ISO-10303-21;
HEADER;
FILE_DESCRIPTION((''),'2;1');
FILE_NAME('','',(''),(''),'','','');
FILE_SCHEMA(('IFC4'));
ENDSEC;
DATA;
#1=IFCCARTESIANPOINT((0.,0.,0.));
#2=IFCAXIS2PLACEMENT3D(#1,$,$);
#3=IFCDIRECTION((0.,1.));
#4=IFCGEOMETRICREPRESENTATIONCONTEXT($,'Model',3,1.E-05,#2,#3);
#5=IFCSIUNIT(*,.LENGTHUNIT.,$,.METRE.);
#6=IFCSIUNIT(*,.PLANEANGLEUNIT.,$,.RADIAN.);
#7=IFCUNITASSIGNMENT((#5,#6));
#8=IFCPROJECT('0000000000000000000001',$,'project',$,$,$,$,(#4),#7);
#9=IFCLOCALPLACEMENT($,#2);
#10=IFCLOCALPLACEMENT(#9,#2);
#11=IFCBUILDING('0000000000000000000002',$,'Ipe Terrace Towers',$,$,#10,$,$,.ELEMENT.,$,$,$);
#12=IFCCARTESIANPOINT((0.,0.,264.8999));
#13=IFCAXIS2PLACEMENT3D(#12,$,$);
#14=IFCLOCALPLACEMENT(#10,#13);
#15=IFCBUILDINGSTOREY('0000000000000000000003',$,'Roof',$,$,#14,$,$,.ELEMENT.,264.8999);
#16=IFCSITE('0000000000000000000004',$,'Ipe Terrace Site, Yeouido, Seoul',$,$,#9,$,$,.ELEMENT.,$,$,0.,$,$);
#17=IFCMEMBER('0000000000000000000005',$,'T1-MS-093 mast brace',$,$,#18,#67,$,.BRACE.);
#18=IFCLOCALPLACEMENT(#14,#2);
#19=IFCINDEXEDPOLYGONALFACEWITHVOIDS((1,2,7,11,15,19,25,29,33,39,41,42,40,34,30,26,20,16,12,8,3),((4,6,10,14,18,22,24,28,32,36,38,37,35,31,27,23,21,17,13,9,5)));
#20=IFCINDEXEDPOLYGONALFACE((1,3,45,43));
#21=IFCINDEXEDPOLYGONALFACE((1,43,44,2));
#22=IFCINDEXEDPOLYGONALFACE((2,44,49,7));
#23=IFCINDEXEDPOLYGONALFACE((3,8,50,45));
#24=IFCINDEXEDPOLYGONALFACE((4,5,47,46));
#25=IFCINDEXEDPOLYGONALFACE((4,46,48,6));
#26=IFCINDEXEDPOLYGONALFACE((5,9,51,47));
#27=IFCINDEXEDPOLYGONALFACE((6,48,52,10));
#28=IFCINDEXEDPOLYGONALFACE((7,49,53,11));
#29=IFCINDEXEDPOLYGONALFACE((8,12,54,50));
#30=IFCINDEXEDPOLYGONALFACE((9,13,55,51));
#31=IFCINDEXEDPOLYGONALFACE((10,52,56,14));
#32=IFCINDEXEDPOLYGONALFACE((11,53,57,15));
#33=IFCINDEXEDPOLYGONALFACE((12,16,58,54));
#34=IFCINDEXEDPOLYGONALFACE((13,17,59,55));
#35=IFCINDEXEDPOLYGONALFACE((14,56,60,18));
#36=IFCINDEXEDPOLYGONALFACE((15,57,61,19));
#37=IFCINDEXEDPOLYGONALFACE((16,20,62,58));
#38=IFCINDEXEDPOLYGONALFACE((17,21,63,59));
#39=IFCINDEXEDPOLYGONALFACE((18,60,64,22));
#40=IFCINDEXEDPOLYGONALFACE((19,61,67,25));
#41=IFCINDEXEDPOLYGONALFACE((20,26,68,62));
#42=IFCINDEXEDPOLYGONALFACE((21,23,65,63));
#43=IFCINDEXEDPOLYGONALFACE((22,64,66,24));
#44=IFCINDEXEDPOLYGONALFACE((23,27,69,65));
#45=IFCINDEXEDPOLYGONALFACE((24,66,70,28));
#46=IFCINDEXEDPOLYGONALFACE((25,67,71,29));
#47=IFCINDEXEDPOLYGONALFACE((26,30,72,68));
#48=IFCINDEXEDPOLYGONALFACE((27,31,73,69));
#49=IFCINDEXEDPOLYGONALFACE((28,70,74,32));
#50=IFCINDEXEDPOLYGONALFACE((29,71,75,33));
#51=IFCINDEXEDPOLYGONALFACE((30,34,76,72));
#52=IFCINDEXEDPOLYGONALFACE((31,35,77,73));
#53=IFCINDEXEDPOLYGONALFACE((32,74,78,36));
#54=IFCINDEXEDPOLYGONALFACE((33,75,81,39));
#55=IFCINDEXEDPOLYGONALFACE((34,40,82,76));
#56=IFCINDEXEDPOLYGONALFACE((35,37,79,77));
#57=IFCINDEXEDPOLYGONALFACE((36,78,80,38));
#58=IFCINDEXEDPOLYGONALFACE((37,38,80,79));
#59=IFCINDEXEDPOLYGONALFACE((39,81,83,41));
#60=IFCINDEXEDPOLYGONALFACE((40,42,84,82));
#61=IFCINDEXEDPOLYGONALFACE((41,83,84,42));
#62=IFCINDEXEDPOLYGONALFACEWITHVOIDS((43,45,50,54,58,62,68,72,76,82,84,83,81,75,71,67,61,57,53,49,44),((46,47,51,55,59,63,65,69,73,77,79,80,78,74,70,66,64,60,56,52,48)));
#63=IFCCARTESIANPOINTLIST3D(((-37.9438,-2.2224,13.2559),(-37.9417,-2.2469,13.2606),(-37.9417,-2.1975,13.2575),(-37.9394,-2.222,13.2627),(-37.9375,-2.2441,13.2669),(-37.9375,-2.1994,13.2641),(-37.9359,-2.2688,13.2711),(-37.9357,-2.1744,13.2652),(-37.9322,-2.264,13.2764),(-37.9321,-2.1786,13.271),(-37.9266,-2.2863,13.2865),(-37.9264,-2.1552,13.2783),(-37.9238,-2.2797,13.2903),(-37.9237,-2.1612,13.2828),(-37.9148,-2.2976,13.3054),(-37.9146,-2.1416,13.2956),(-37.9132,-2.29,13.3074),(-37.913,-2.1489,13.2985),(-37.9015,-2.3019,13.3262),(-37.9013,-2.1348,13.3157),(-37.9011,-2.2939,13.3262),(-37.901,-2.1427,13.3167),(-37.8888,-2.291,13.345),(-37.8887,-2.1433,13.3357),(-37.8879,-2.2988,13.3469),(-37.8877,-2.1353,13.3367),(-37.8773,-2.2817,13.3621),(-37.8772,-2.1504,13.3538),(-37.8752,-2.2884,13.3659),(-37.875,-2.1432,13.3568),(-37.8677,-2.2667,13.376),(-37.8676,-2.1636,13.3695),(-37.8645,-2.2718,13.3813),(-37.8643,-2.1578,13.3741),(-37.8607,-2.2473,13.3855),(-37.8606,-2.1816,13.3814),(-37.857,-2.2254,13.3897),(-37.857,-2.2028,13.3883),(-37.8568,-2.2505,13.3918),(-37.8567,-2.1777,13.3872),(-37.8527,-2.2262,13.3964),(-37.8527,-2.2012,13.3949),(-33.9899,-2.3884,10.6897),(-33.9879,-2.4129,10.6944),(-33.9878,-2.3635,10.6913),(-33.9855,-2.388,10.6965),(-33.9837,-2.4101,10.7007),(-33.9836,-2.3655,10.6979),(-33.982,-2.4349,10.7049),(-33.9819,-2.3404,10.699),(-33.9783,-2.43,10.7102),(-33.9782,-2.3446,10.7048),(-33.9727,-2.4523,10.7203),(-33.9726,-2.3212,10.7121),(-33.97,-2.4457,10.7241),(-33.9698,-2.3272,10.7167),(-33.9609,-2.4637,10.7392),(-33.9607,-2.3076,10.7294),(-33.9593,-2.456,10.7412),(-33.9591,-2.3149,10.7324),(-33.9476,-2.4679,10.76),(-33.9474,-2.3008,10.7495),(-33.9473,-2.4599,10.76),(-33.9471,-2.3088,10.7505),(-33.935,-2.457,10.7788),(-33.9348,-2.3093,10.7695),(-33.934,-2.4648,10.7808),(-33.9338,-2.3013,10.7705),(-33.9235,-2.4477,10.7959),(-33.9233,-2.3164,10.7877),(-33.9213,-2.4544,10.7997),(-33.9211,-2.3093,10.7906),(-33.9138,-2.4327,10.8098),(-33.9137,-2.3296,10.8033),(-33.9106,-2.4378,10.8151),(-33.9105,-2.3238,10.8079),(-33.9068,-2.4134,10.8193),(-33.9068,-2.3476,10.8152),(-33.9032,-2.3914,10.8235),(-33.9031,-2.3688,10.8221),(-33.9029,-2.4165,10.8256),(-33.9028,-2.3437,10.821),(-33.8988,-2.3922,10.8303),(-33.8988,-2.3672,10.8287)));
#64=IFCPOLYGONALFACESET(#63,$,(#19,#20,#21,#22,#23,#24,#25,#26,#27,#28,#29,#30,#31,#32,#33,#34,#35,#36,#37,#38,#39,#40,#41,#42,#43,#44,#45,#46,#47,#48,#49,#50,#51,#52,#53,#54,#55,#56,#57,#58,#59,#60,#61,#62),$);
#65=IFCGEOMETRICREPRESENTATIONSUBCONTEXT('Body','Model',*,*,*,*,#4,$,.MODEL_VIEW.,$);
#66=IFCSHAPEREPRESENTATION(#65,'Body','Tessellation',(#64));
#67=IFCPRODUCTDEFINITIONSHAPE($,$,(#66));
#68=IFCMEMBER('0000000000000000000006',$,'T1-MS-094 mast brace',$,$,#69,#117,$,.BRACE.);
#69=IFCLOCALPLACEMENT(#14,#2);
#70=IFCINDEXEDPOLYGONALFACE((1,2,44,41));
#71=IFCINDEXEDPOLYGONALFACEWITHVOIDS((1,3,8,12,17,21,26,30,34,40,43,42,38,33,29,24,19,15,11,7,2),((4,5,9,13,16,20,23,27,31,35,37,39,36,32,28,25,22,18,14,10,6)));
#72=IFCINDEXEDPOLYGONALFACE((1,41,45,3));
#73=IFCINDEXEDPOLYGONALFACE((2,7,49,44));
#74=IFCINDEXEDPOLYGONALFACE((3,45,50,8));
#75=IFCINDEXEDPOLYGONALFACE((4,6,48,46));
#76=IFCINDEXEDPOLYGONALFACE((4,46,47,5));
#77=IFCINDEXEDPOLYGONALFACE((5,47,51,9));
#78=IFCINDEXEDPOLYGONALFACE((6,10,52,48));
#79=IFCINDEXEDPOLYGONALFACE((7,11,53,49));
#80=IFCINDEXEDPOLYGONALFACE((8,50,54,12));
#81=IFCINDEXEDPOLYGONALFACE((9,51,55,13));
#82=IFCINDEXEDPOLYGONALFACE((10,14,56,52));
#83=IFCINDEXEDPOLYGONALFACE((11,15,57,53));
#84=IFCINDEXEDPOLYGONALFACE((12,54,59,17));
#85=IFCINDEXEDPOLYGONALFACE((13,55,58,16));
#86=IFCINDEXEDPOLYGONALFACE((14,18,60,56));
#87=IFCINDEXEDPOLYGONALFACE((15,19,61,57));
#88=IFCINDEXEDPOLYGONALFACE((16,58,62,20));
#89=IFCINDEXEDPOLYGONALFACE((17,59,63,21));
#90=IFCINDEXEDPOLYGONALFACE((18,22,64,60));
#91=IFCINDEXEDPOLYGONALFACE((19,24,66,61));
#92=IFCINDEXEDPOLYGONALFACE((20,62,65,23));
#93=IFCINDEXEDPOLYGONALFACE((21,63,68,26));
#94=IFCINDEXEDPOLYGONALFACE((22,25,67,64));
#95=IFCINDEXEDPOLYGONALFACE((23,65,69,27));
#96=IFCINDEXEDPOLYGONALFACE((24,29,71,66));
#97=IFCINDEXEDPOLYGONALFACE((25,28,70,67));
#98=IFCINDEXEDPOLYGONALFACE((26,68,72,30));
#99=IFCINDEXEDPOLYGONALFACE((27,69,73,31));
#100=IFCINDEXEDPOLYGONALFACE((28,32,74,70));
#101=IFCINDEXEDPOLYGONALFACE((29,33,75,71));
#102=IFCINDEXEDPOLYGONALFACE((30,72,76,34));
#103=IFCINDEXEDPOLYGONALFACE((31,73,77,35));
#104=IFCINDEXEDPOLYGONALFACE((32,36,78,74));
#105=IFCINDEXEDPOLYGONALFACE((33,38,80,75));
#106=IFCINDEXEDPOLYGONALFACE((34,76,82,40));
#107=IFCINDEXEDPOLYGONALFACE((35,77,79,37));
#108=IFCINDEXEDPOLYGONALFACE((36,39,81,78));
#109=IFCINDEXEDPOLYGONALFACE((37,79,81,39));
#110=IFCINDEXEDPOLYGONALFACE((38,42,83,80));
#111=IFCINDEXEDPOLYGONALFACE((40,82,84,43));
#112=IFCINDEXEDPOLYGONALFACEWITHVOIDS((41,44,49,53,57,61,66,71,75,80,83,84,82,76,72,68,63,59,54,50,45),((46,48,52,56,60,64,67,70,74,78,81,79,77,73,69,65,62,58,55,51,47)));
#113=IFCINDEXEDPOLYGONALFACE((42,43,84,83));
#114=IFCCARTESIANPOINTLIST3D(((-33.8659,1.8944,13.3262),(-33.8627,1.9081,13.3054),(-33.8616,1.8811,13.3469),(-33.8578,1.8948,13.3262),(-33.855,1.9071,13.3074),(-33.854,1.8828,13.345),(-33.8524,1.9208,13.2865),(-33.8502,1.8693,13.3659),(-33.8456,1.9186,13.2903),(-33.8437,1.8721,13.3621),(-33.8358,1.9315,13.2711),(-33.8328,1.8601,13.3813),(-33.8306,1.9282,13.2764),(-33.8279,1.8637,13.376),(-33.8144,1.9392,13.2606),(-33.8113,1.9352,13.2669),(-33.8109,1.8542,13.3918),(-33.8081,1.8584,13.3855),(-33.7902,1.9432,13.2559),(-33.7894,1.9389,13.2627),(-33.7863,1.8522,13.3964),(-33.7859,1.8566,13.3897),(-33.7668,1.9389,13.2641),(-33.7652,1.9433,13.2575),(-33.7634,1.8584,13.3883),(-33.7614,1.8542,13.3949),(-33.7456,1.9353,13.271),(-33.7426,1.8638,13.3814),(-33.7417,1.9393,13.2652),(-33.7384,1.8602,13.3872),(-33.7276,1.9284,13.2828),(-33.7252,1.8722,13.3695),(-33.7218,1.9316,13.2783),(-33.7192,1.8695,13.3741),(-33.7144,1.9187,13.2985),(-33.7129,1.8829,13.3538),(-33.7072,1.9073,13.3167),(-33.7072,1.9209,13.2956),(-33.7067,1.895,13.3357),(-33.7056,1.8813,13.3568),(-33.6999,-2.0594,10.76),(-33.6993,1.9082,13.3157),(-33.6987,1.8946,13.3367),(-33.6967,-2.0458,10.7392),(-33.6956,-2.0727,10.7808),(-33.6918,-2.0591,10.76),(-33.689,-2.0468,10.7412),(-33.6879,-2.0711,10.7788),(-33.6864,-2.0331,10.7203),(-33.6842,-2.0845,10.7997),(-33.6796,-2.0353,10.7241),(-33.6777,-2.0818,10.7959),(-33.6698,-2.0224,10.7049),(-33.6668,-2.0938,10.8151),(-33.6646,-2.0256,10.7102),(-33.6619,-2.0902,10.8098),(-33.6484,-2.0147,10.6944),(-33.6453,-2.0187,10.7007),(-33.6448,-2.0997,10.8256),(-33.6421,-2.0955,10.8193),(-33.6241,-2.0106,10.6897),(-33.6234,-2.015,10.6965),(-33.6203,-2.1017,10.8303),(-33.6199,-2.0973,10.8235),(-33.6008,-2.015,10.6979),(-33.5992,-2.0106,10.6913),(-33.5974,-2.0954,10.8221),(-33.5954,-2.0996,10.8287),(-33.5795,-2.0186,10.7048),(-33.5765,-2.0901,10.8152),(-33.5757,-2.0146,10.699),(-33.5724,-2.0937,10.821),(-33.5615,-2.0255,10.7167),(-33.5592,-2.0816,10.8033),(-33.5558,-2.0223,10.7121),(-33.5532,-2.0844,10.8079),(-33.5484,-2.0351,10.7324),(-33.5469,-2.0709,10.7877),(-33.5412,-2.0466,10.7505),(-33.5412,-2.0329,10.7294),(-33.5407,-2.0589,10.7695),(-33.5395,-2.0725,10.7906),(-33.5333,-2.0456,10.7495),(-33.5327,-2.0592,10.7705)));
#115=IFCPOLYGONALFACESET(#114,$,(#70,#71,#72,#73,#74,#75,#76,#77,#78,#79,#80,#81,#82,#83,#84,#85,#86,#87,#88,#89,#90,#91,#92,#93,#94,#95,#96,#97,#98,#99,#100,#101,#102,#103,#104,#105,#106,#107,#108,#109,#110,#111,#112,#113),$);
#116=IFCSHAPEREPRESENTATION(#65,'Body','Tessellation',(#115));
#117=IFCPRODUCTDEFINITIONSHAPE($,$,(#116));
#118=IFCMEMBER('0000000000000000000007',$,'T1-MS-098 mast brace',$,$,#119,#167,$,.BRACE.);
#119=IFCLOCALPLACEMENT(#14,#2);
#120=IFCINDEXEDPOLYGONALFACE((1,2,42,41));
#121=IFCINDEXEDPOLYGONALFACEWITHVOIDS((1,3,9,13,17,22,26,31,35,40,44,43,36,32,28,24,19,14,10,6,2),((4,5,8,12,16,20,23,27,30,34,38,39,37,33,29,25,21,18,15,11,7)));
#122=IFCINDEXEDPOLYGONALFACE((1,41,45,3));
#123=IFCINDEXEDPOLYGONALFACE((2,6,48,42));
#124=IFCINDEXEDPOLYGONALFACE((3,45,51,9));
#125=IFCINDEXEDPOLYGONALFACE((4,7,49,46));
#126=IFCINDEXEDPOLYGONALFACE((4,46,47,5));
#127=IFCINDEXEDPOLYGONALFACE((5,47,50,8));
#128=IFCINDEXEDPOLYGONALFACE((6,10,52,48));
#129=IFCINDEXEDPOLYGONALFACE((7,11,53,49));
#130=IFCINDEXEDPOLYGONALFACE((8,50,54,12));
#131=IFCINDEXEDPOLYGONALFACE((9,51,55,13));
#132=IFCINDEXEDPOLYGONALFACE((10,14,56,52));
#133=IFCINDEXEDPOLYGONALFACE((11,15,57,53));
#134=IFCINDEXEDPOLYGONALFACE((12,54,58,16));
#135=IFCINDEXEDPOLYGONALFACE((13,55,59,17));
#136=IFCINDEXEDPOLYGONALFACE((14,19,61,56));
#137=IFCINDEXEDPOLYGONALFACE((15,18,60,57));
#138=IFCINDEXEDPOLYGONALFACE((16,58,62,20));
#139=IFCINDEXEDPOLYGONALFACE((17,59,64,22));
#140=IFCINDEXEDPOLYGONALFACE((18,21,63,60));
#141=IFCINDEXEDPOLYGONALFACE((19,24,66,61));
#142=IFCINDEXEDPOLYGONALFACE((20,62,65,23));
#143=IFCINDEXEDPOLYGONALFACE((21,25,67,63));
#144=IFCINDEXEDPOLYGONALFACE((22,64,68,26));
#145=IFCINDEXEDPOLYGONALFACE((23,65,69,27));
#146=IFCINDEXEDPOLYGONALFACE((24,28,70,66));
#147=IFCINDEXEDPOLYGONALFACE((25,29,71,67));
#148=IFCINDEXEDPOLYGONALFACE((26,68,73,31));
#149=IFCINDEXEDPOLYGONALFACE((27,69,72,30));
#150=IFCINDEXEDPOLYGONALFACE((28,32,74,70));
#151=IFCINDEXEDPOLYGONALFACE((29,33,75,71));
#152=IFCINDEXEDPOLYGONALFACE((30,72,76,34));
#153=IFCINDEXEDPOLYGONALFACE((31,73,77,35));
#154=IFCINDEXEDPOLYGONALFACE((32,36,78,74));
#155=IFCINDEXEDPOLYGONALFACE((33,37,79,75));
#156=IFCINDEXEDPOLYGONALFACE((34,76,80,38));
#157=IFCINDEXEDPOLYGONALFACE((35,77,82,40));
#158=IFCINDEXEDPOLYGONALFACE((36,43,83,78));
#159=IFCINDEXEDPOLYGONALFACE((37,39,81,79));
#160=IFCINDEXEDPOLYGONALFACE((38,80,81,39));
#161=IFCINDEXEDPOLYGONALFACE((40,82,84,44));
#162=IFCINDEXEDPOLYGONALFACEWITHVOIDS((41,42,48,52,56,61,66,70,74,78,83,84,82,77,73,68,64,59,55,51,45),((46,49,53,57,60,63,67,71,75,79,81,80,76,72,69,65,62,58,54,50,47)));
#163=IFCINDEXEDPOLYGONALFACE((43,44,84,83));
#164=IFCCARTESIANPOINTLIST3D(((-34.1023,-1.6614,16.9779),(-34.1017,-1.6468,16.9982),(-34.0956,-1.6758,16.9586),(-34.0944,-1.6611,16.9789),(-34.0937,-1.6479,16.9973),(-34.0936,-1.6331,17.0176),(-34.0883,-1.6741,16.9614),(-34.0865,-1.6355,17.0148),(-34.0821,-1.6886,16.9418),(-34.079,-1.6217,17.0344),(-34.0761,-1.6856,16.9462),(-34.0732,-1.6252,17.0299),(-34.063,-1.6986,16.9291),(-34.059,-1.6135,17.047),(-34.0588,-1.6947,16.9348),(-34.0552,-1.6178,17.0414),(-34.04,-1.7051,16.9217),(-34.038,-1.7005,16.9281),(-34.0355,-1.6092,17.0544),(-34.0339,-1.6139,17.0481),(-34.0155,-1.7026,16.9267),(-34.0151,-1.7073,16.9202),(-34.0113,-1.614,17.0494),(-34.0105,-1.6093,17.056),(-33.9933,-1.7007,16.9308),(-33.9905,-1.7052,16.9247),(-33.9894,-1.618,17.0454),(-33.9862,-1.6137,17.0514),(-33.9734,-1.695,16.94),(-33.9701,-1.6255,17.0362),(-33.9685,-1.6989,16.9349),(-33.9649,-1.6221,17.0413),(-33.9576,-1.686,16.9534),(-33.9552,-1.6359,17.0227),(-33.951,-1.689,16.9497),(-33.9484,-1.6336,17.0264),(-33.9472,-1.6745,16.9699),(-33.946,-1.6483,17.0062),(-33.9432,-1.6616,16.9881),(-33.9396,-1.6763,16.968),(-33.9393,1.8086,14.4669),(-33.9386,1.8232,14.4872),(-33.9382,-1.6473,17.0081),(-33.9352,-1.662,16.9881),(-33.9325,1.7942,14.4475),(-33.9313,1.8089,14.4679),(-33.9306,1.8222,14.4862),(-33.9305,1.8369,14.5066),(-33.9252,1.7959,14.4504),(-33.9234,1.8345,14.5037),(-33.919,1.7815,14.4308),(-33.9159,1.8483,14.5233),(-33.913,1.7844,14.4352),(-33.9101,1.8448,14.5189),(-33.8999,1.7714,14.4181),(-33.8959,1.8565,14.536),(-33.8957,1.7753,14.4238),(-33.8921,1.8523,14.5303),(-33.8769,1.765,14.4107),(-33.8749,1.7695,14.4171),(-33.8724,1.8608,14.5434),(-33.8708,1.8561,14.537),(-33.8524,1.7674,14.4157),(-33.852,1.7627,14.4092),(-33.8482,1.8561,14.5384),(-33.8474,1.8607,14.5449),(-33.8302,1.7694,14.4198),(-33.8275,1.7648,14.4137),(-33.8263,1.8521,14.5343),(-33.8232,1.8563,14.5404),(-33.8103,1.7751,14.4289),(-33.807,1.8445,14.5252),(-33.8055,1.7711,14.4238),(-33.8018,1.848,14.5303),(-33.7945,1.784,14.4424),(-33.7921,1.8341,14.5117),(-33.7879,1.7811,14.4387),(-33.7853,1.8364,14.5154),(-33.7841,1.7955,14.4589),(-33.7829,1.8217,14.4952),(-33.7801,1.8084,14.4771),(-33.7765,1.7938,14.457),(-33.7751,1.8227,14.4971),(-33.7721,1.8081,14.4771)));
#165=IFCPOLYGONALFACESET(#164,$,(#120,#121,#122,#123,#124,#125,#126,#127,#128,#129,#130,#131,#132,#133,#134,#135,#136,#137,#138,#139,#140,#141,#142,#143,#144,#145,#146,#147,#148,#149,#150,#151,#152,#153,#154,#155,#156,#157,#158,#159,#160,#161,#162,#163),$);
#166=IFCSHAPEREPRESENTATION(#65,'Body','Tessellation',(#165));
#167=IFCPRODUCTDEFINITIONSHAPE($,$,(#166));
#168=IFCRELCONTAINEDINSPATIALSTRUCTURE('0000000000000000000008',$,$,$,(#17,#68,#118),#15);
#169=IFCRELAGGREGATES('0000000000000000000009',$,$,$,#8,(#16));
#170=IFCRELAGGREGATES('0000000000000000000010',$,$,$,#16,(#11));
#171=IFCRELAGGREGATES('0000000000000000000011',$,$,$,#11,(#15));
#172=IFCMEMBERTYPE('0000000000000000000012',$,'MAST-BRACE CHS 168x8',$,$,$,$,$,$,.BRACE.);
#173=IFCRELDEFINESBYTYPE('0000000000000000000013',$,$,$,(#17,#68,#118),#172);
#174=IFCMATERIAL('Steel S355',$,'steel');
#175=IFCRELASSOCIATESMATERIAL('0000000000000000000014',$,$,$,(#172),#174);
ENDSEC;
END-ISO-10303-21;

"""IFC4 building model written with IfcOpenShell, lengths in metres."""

from ifc_helpers import new_model, si_unit, direction, frame, origin, origin_2d, place, context, subcontext, project, spatial, hollow_circle, extrude, material, material_profile, profile_set, type_object, element, save


model = new_model("IFC4")

# Units and contexts
model_context = context("Model", 3, precision=1e-05, world=origin(), true_north=direction((0.0, 1.0)))
body_context = subcontext(model_context, "Body", "Model", "MODEL_VIEW")
ifc_project = project(units=[si_unit("LENGTHUNIT", "METRE"), si_unit("PLANEANGLEUNIT", "RADIAN")], contexts=[model_context])

# Site, building, storey
site_placement = place(None, origin())
site = spatial("IfcSite", under=ifc_project, at=site_placement, Name="Ipe Terrace Site, Yeouido, Seoul", CompositionType="ELEMENT", RefElevation=0.0)
building_placement = place(site_placement, origin())
building = spatial("IfcBuilding", under=site, at=building_placement, Name="Ipe Terrace Towers", CompositionType="ELEMENT")
storey_placement = place(building_placement, frame((0.0, 0.0, 264.8999)))
storey = spatial("IfcBuildingStorey", under=building, at=storey_placement, Name="Roof", CompositionType="ELEMENT", Elevation=264.8999)

# Members
ifc_material_1 = material(Name="Steel S355", Category="steel")
ifc_material_profile_1 = material_profile(ifc_material_1, hollow_circle(Radius=0.084, WallThickness=0.0081, at=origin_2d()), Name="MAST-BRACE CHS 168x8")
ifc_profile_set_1 = profile_set([ifc_material_profile_1], Name="Steel S355")
member_type_1 = type_object("IfcMemberType", Name="MAST-BRACE CHS 168x8", PredefinedType="BRACE", material=ifc_profile_set_1)
for number, where, z_axis, x_axis, name in (
    (1, (-33.9441, -2.384, 10.76), (-0.838296, 0.035199, 0.544077), (-0.041951, -0.99912, 0.0), "T1-MS-093 mast brace"),
    (2, (-33.616, -2.0559, 10.76), (-0.035199, 0.838296, 0.544077), (-0.99912, -0.041951, 0.0), "T1-MS-094 mast brace"),
):
    element("IfcMember", number, at=place(storey_placement, frame(where, z_axis=z_axis, x_axis=x_axis)), inside=storey, type_object=member_type_1, Name=name, PredefinedType="BRACE", context=body_context, shape_type="SweptSolid", body=[
        extrude(hollow_circle(Radius=0.084, WallThickness=0.0081, at=origin_2d()), origin(), (0.0, 0.0, 1.0), 4.7166),
    ])
member_1_placement = place(storey_placement, frame((-33.856, 1.812, 14.4771), z_axis=(-0.038048, -0.80955, 0.585817), x_axis=(0.998897, -0.046947, 0.0)))
element("IfcMember", 3, at=member_1_placement, inside=storey, type_object=member_type_1, Name="T1-MS-098 mast brace", PredefinedType="BRACE", context=body_context, shape_type="SweptSolid", body=[
    extrude(hollow_circle(Radius=0.084, WallThickness=0.0081, at=origin_2d()), origin(), (0.0, 0.0, 1.0), 4.2864),
])

save(model, "model.ifc")
